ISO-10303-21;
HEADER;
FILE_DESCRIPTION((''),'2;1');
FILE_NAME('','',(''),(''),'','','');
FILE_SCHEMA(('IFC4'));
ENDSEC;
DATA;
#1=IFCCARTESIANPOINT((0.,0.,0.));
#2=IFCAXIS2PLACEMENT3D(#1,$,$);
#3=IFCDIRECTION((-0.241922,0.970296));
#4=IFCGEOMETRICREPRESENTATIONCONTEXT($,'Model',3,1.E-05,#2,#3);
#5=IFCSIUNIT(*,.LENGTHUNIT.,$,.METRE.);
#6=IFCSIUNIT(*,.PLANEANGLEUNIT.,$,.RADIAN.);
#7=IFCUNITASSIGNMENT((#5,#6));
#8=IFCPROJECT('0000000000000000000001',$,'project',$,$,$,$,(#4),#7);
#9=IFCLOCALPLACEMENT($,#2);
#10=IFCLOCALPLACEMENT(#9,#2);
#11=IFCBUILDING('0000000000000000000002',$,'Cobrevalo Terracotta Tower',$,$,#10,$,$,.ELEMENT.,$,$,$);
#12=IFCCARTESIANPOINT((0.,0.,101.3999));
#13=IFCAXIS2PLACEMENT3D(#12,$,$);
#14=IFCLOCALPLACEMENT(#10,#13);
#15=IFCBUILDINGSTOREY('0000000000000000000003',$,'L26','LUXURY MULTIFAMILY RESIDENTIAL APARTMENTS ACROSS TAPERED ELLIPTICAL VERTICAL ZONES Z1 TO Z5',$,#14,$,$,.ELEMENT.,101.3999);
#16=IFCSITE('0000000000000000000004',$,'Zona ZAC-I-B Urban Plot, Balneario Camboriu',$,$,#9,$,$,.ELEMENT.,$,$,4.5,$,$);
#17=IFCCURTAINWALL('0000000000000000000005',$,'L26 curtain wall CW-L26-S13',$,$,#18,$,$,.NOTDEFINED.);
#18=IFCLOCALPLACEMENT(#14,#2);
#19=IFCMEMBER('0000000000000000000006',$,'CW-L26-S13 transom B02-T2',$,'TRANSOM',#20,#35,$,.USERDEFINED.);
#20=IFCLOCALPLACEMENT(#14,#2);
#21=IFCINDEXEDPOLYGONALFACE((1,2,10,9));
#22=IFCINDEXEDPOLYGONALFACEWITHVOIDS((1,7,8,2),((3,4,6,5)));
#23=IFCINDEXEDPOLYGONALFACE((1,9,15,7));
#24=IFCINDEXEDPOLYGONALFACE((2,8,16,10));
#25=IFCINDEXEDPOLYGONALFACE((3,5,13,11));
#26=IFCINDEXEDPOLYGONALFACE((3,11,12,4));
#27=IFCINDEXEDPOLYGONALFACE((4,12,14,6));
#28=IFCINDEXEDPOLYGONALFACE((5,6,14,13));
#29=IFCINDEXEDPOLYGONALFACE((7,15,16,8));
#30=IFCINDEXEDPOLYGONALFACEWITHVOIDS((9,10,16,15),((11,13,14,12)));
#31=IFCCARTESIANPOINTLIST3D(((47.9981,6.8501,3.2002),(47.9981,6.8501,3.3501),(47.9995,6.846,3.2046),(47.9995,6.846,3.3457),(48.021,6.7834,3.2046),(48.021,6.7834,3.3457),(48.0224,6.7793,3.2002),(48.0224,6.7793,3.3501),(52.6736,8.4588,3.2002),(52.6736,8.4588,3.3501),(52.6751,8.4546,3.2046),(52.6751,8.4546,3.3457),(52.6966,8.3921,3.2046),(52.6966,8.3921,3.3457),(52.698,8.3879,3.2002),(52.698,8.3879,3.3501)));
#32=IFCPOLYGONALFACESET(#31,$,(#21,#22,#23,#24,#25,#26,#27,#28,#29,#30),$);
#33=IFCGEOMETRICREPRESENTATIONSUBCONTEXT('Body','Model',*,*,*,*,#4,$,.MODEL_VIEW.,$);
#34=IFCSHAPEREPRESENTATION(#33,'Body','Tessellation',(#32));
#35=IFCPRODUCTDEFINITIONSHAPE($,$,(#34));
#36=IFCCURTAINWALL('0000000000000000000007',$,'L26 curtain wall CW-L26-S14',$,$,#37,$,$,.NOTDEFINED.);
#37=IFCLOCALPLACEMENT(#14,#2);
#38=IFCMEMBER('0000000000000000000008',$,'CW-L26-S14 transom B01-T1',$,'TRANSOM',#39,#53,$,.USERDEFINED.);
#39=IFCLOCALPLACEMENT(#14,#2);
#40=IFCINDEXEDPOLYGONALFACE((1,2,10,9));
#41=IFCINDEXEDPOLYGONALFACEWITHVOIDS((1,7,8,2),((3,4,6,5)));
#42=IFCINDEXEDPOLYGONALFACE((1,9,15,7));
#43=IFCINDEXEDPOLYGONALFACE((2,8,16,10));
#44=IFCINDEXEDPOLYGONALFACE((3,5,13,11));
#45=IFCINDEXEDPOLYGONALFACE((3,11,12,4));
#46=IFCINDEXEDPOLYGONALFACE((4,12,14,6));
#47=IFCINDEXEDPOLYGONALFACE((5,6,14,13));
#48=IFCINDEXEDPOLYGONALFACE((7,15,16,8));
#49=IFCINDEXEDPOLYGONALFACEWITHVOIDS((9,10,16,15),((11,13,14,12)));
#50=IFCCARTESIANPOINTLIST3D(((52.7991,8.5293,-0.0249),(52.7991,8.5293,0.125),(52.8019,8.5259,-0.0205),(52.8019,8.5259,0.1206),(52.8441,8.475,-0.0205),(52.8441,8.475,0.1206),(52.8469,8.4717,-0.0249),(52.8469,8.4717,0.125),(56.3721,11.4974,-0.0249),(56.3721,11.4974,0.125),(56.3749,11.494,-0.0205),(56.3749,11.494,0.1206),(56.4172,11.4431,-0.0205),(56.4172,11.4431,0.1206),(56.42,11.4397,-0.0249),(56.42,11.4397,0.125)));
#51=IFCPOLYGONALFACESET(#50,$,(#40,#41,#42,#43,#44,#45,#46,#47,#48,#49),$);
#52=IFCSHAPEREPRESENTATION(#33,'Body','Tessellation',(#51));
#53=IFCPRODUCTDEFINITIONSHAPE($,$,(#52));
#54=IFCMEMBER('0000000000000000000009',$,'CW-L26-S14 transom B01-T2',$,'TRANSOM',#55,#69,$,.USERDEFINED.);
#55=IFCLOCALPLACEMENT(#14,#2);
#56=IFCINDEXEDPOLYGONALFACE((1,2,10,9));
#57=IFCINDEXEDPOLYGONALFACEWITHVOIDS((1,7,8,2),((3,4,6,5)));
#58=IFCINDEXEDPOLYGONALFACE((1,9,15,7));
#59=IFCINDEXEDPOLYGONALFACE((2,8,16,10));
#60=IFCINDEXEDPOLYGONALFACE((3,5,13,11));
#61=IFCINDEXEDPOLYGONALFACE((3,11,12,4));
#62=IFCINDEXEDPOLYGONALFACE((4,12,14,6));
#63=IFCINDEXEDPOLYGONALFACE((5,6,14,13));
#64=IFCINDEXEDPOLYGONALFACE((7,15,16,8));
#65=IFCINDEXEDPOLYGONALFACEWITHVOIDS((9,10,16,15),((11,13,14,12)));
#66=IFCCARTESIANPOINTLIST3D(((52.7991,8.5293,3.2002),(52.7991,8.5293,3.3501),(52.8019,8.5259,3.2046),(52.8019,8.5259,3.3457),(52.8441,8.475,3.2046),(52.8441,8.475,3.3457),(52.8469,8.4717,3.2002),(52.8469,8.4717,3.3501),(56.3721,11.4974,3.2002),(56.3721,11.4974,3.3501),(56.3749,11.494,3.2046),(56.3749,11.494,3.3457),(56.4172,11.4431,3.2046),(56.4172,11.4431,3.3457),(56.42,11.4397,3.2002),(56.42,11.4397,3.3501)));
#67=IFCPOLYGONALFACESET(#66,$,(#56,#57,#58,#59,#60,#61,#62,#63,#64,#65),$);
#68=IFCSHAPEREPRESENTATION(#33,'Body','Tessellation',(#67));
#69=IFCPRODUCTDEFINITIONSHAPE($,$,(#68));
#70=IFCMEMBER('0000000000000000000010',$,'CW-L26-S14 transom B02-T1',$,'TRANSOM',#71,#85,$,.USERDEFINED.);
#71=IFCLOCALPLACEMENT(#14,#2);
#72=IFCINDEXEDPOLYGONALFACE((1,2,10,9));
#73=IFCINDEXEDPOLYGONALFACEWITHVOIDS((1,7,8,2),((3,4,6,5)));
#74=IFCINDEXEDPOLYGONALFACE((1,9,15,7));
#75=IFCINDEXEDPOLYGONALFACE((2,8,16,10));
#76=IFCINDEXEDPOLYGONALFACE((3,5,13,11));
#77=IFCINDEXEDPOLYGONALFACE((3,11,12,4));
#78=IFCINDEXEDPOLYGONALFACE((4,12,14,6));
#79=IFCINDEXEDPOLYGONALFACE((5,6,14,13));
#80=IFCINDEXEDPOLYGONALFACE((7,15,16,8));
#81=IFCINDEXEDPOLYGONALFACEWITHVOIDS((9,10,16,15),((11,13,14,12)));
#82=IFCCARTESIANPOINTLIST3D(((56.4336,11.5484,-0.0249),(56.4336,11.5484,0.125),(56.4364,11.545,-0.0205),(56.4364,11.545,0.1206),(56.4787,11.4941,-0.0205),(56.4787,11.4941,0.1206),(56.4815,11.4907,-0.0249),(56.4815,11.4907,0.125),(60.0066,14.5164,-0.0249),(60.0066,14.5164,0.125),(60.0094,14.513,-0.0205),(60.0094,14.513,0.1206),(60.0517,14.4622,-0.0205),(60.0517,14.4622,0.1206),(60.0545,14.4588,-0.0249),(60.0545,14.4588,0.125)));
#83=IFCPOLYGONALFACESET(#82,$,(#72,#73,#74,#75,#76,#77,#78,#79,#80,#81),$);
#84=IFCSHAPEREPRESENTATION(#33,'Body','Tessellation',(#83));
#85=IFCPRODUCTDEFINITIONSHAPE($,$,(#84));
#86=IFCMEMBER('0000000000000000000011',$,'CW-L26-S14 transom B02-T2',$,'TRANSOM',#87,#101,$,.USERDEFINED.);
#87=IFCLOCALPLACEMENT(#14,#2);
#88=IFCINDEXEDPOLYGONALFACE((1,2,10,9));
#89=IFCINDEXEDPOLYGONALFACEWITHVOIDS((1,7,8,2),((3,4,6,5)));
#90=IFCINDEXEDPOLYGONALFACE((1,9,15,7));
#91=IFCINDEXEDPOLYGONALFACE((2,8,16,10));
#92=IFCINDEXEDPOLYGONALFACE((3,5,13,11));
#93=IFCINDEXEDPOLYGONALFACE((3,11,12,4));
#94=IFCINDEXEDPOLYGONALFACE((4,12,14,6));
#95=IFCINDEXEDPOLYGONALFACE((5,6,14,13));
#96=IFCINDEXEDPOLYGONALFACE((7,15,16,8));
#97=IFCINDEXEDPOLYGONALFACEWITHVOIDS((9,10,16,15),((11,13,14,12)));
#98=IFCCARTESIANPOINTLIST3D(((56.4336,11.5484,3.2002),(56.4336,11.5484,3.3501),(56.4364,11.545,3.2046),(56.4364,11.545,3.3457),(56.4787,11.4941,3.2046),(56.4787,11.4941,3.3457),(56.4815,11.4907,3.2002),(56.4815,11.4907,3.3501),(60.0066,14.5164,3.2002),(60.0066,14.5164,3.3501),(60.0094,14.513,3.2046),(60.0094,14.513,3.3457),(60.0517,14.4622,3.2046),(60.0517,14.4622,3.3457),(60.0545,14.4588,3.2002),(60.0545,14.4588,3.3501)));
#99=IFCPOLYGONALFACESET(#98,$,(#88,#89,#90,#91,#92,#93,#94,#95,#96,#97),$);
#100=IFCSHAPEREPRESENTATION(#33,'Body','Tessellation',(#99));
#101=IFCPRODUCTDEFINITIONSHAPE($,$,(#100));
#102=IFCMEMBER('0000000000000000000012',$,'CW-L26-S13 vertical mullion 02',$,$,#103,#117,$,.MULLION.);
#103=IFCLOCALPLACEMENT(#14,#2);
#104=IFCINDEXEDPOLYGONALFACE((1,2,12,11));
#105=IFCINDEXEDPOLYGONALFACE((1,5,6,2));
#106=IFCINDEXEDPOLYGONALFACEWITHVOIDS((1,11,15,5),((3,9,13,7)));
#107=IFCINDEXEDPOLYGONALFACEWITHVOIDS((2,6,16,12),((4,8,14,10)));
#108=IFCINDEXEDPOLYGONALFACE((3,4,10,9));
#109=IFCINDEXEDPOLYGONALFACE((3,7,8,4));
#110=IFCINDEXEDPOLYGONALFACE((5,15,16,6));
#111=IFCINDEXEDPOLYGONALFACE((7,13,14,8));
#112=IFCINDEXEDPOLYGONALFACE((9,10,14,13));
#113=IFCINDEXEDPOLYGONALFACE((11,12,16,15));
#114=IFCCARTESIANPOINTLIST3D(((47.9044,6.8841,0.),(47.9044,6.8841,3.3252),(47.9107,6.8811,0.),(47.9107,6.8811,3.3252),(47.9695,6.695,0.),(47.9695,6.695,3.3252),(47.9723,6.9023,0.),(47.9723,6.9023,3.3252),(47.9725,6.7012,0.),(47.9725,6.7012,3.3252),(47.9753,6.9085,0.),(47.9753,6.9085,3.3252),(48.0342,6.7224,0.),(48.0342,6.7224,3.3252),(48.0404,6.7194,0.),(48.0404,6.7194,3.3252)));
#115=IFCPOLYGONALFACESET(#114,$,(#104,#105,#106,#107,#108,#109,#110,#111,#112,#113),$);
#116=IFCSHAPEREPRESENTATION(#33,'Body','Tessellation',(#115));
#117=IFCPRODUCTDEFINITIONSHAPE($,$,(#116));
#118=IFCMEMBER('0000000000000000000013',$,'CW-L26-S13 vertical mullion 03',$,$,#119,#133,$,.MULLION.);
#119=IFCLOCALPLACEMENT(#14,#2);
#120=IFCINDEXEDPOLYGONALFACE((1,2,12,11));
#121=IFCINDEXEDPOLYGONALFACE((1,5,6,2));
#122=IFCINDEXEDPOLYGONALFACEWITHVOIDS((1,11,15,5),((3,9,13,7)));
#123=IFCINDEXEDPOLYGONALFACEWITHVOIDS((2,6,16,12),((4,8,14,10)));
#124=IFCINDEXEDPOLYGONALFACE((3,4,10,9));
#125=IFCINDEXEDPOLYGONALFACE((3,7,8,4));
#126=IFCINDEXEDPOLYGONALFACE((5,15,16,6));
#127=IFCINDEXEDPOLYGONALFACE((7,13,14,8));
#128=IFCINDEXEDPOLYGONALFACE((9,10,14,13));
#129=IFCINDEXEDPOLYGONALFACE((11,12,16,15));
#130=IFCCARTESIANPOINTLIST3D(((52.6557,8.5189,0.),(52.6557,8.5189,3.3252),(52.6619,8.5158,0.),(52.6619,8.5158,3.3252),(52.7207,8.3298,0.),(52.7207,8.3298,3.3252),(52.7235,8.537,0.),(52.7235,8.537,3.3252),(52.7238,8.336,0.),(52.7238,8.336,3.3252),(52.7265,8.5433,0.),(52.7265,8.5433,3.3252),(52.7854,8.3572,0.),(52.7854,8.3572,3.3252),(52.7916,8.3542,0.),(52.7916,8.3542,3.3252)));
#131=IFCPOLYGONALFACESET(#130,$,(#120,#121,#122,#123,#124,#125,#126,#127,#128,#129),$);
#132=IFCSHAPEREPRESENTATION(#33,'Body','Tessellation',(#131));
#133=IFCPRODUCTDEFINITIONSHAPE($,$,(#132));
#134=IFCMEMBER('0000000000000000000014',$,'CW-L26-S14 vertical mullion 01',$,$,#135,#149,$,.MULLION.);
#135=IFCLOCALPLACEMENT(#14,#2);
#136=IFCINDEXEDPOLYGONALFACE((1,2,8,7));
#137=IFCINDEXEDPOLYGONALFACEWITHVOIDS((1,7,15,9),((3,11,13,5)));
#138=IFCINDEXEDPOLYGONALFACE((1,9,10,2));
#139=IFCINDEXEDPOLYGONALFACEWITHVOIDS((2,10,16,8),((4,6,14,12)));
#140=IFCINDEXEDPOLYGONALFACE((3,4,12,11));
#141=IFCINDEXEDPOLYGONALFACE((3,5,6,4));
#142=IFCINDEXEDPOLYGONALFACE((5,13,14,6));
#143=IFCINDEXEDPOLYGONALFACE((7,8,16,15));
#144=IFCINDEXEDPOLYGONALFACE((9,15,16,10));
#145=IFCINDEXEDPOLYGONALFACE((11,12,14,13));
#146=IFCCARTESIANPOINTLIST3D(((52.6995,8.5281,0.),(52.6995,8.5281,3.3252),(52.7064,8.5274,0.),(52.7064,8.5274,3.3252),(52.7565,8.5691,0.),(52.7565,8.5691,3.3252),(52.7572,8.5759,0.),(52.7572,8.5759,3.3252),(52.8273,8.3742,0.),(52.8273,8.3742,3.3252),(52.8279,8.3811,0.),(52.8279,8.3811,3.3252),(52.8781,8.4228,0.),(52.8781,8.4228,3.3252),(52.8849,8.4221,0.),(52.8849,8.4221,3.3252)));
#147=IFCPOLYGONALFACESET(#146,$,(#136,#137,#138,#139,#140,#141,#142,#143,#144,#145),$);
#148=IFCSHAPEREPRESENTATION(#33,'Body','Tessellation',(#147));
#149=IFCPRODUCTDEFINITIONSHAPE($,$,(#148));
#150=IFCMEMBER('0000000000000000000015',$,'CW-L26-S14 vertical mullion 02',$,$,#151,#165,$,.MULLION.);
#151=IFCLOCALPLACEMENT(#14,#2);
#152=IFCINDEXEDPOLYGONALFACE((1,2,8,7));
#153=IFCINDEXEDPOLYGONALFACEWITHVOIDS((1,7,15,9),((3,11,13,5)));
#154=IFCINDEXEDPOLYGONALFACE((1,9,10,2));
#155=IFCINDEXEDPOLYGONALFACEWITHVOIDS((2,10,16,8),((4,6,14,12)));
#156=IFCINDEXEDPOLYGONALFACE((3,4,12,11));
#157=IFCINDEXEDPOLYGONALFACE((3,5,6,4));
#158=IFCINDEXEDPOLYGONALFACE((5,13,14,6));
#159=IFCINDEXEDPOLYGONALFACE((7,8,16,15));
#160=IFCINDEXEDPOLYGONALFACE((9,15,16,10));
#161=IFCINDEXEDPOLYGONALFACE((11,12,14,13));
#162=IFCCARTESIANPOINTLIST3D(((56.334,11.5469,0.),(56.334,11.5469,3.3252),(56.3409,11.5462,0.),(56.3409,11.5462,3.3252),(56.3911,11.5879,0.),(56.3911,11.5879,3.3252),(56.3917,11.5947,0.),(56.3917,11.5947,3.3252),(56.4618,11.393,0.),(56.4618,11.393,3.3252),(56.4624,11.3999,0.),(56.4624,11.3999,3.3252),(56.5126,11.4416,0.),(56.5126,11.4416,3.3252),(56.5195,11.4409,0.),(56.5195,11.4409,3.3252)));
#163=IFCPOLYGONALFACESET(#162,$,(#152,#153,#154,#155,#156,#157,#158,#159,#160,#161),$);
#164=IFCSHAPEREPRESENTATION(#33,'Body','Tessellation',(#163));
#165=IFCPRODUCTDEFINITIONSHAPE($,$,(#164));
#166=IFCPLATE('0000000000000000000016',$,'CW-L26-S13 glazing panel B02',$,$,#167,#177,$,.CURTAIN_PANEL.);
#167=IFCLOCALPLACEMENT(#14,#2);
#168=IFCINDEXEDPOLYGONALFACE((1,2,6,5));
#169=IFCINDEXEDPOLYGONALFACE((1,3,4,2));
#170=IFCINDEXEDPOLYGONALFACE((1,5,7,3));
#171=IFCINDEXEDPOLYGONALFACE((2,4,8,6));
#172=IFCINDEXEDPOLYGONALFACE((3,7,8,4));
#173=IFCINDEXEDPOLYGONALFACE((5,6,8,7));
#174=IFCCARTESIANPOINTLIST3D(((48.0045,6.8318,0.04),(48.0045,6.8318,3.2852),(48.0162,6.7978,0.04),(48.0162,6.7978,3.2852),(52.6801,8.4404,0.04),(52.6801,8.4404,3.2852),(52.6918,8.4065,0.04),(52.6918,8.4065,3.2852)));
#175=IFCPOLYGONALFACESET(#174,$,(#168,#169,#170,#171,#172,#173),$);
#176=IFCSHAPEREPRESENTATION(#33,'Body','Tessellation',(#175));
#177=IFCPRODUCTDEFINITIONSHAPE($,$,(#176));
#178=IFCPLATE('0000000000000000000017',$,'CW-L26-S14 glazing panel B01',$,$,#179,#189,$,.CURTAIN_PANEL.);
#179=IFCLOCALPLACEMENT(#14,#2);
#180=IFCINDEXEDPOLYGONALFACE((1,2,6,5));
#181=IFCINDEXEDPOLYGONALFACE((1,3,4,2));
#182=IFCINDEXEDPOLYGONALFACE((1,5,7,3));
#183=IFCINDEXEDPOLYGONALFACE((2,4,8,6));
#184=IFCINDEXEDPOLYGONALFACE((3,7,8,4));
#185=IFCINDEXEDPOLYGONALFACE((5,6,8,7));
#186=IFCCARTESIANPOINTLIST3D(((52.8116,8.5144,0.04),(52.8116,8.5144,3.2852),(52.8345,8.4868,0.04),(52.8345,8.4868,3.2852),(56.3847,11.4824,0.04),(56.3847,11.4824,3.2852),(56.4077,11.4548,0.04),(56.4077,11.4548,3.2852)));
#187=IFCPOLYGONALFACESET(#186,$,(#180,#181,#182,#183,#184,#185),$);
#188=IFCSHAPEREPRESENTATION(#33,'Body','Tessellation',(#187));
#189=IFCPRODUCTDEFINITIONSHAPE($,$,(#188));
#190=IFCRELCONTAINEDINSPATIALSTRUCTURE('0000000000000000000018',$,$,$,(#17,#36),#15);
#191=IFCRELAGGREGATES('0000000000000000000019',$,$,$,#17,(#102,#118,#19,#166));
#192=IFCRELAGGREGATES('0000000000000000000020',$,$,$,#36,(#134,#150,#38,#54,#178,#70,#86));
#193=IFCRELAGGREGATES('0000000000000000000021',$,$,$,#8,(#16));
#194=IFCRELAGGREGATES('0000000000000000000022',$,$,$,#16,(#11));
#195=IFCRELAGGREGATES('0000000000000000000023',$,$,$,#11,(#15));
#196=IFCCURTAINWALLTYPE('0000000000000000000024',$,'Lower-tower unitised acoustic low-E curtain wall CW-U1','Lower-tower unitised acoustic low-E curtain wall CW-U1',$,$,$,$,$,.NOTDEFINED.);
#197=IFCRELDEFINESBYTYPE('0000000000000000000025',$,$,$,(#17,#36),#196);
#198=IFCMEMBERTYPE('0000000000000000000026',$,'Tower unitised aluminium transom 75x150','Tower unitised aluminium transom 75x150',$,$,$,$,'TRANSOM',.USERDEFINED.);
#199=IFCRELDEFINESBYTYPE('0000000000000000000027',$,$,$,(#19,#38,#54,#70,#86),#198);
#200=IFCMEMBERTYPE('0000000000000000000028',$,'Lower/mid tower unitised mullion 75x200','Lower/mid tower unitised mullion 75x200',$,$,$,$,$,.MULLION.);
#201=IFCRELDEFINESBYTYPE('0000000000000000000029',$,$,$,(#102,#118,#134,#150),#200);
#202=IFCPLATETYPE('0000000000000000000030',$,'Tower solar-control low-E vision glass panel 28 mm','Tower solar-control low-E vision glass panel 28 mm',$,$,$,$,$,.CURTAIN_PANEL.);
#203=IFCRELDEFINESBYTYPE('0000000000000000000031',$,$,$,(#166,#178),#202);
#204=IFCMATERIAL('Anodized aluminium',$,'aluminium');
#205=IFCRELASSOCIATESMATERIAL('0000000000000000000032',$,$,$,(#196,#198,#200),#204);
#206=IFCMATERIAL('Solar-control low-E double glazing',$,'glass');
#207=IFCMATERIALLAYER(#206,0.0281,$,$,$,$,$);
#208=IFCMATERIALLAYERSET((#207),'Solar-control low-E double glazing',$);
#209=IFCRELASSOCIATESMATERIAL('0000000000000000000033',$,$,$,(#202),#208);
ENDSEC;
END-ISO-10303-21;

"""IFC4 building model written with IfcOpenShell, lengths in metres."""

from ifc_helpers import new_model, si_unit, direction, frame, origin, origin_2d, place, context, subcontext, project, spatial, rectangle, hollow_rectangle, extrude, source, transform, mapped, material, layer, layer_set, material_profile, profile_set, type_object, element, aggregate, save


model = new_model("IFC4")

# Units and contexts
model_context = context("Model", 3, precision=1e-05, world=origin(), true_north=direction((-0.241922, 0.970296)))
body_context = subcontext(model_context, "Body", "Model", "MODEL_VIEW")
ifc_project = project(units=[si_unit("LENGTHUNIT", "METRE"), si_unit("PLANEANGLEUNIT", "RADIAN")], contexts=[model_context])

# Site, building, storey
site_placement = place(None, origin())
site = spatial("IfcSite", under=ifc_project, at=site_placement, Name="Zona ZAC-I-B Urban Plot, Balneario Camboriu", CompositionType="ELEMENT", RefElevation=4.5)
building_placement = place(site_placement, origin())
building = spatial("IfcBuilding", under=site, at=building_placement, Name="Cobrevalo Terracotta Tower", CompositionType="ELEMENT")
storey_placement = place(building_placement, frame((0.0, 0.0, 101.3999)))
storey = spatial("IfcBuildingStorey", under=building, at=storey_placement, Name="L26", Description="LUXURY MULTIFAMILY RESIDENTIAL APARTMENTS ACROSS TAPERED ELLIPTICAL VERTICAL ZONES Z1 TO Z5", CompositionType="ELEMENT", Elevation=101.3999)

# Curtain walls, members
ifc_material_1 = material(Name="Anodized aluminium", Category="aluminium")
curtain_wall_type = type_object("IfcCurtainWallType", Name="Lower-tower unitised acoustic low-E curtain wall CW-U1", Description="Lower-tower unitised acoustic low-E curtain wall CW-U1", PredefinedType="NOTDEFINED", material=ifc_material_1)
curtain_wall_1_placement = place(storey_placement, origin())
curtain_wall_1 = element("IfcCurtainWall", 1, at=curtain_wall_1_placement, inside=storey, type_object=curtain_wall_type, Name="L26 curtain wall CW-L26-S13", PredefinedType="NOTDEFINED")
ifc_material_profile_1 = material_profile(ifc_material_1, hollow_rectangle(XDim=0.075, YDim=0.1499, WallThickness=0.0044, at=origin_2d()), Name="CWT 75x150")
ifc_profile_set_1 = profile_set([ifc_material_profile_1], Name="Anodized aluminium")
member_type_1 = type_object("IfcMemberType", Name="Tower unitised aluminium transom 75x150", Description="Tower unitised aluminium transom 75x150", ElementType="TRANSOM", PredefinedType="USERDEFINED", material=ifc_profile_set_1)
shared_shape_1 = source(origin(), body_context, "Body", "SweptSolid", [
    extrude(hollow_rectangle(XDim=0.075, YDim=0.1499, WallThickness=0.0044, at=origin_2d()), origin(), (0.0, 0.0, 1.0), 4.9446),
])
member_1_placement = place(storey_placement, frame((48.0103, 6.8147, 3.2751), z_axis=(0.945598, 0.325338, 0.0), x_axis=(-0.325338, 0.945598, 0.0)))
member_1 = element("IfcMember", 2, at=member_1_placement, type_object=member_type_1, Name="CW-L26-S13 transom B02-T2", ObjectType="TRANSOM", PredefinedType="USERDEFINED", context=body_context, shape_type="MappedRepresentation", body=[
    mapped(shared_shape_1, transform((0.0, 0.0, 0.0), scale=1.0)),
])
curtain_wall_2_placement = place(storey_placement, origin())
curtain_wall_2 = element("IfcCurtainWall", 3, at=curtain_wall_2_placement, inside=storey, type_object=curtain_wall_type, Name="L26 curtain wall CW-L26-S14", PredefinedType="NOTDEFINED")
shared_shape_2 = source(origin(), body_context, "Body", "SweptSolid", [
    extrude(hollow_rectangle(XDim=0.075, YDim=0.1499, WallThickness=0.0044, at=origin_2d()), origin(), (0.0, 0.0, 1.0), 4.645),
])
member_2_placement = place(storey_placement, frame((52.823, 8.5005, 0.05), z_axis=(0.769224, 0.638979, 0.0), x_axis=(-0.638979, 0.769224, 0.0)))
member_2 = element("IfcMember", 4, at=member_2_placement, type_object=member_type_1, Name="CW-L26-S14 transom B01-T1", ObjectType="TRANSOM", PredefinedType="USERDEFINED", context=body_context, shape_type="MappedRepresentation", body=[
    mapped(shared_shape_2, transform((0.0, 0.0, 0.0), scale=1.0)),
])
member_3_placement = place(storey_placement, frame((52.823, 8.5005, 3.2751), z_axis=(0.769224, 0.638979, 0.0), x_axis=(-0.638979, 0.769224, 0.0)))
member_3 = element("IfcMember", 5, at=member_3_placement, type_object=member_type_1, Name="CW-L26-S14 transom B01-T2", ObjectType="TRANSOM", PredefinedType="USERDEFINED", context=body_context, shape_type="MappedRepresentation", body=[
    mapped(shared_shape_2, transform((0.0, 0.0, 0.0), scale=1.0)),
])
member_4_placement = place(storey_placement, frame((56.4575, 11.5195, 0.05), z_axis=(0.769224, 0.638979, 0.0), x_axis=(-0.638979, 0.769224, 0.0)))
member_4 = element("IfcMember", 6, at=member_4_placement, type_object=member_type_1, Name="CW-L26-S14 transom B02-T1", ObjectType="TRANSOM", PredefinedType="USERDEFINED", context=body_context, shape_type="MappedRepresentation", body=[
    mapped(shared_shape_2, transform((0.0, 0.0, 0.0), scale=1.0)),
])
member_5_placement = place(storey_placement, frame((56.4575, 11.5195, 3.2751), z_axis=(0.769224, 0.638979, 0.0), x_axis=(-0.638979, 0.769224, 0.0)))
member_5 = element("IfcMember", 7, at=member_5_placement, type_object=member_type_1, Name="CW-L26-S14 transom B02-T2", ObjectType="TRANSOM", PredefinedType="USERDEFINED", context=body_context, shape_type="MappedRepresentation", body=[
    mapped(shared_shape_2, transform((0.0, 0.0, 0.0), scale=1.0)),
])

# Members
ifc_material_profile_2 = material_profile(ifc_material_1, hollow_rectangle(XDim=0.075, YDim=0.2, WallThickness=0.0049, at=origin_2d()), Name="CWM 75x200")
ifc_profile_set_2 = profile_set([ifc_material_profile_2], Name="Anodized aluminium")
member_type_2 = type_object("IfcMemberType", Name="Lower/mid tower unitised mullion 75x200", Description="Lower/mid tower unitised mullion 75x200", PredefinedType="MULLION", material=ifc_profile_set_2)
shared_shape_3 = source(origin(), body_context, "Body", "SweptSolid", [
    extrude(hollow_rectangle(XDim=0.075, YDim=0.2, WallThickness=0.0049, at=origin_2d()), origin(), (0.0, 0.0, 1.0), 3.3252),
])
member_6_placement = place(storey_placement, frame((47.9724, 6.8018, 0.0), z_axis=(0.0, 0.0, 1.0), x_axis=(0.945598, 0.325337, 0.0)))
member_6 = element("IfcMember", 8, at=member_6_placement, type_object=member_type_2, Name="CW-L26-S13 vertical mullion 02", PredefinedType="MULLION", context=body_context, shape_type="MappedRepresentation", body=[
    mapped(shared_shape_3, transform((0.0, 0.0, 0.0), scale=1.0)),
])
member_7_placement = place(storey_placement, frame((52.7236, 8.4365, 0.0), z_axis=(0.0, 0.0, 1.0), x_axis=(0.945598, 0.325337, 0.0)))
member_7 = element("IfcMember", 9, at=member_7_placement, type_object=member_type_2, Name="CW-L26-S13 vertical mullion 03", PredefinedType="MULLION", context=body_context, shape_type="MappedRepresentation", body=[
    mapped(shared_shape_3, transform((0.0, 0.0, 0.0), scale=1.0)),
])
member_8_placement = place(storey_placement, frame((52.7922, 8.4751, 0.0), z_axis=(0.0, 0.0, 1.0), x_axis=(0.769243, 0.638956, 0.0)))
member_8 = element("IfcMember", 10, at=member_8_placement, type_object=member_type_2, Name="CW-L26-S14 vertical mullion 01", PredefinedType="MULLION", context=body_context, shape_type="MappedRepresentation", body=[
    mapped(shared_shape_3, transform((0.0, 0.0, 0.0), scale=1.0)),
])
member_9_placement = place(storey_placement, frame((56.4268, 11.4939, 0.0), z_axis=(0.0, 0.0, 1.0), x_axis=(0.769243, 0.638956, 0.0)))
member_9 = element("IfcMember", 11, at=member_9_placement, type_object=member_type_2, Name="CW-L26-S14 vertical mullion 02", PredefinedType="MULLION", context=body_context, shape_type="MappedRepresentation", body=[
    mapped(shared_shape_3, transform((0.0, 0.0, 0.0), scale=1.0)),
])

# Plates
ifc_material_2 = material(Name="Solar-control low-E double glazing", Category="glass")
ifc_layer_1 = layer(ifc_material_2, 0.0281)
ifc_layer_set_1 = layer_set([ifc_layer_1], Name="Solar-control low-E double glazing")
plate_type = type_object("IfcPlateType", Name="Tower solar-control low-E vision glass panel 28 mm", Description="Tower solar-control low-E vision glass panel 28 mm", PredefinedType="CURTAIN_PANEL", material=ifc_layer_set_1)
shared_shape_4 = source(origin(), body_context, "Body", "SweptSolid", [
    extrude(rectangle(XDim=4.9446, YDim=0.0359, at=origin_2d()), origin(), (0.0, 0.0, 1.0), 3.2451),
])
plate_1_placement = place(storey_placement, frame((50.3481, 7.6191, 0.04), z_axis=(0.0, 0.0, 1.0), x_axis=(0.945596, 0.325342, 0.0)))
plate_1 = element("IfcPlate", 12, at=plate_1_placement, type_object=plate_type, Name="CW-L26-S13 glazing panel B02", PredefinedType="CURTAIN_PANEL", context=body_context, shape_type="MappedRepresentation", body=[
    mapped(shared_shape_4, transform((0.0, 0.0, 0.0), scale=1.0)),
])
aggregate(curtain_wall_1, [member_6, member_7, member_1, plate_1])
shared_shape_5 = source(origin(), body_context, "Body", "SweptSolid", [
    extrude(rectangle(XDim=4.645, YDim=0.0359, at=origin_2d()), origin(), (0.0, 0.0, 1.0), 3.2451),
])
plate_2_placement = place(storey_placement, frame((54.6096, 9.9846, 0.04), z_axis=(0.0, 0.0, 1.0), x_axis=(0.769241, 0.638958, 0.0)))
plate_2 = element("IfcPlate", 13, at=plate_2_placement, type_object=plate_type, Name="CW-L26-S14 glazing panel B01", PredefinedType="CURTAIN_PANEL", context=body_context, shape_type="MappedRepresentation", body=[
    mapped(shared_shape_5, transform((0.0, 0.0, 0.0), scale=1.0)),
])
aggregate(curtain_wall_2, [member_8, member_9, member_2, member_3, plate_2, member_4, member_5])

save(model, "model.ifc")
